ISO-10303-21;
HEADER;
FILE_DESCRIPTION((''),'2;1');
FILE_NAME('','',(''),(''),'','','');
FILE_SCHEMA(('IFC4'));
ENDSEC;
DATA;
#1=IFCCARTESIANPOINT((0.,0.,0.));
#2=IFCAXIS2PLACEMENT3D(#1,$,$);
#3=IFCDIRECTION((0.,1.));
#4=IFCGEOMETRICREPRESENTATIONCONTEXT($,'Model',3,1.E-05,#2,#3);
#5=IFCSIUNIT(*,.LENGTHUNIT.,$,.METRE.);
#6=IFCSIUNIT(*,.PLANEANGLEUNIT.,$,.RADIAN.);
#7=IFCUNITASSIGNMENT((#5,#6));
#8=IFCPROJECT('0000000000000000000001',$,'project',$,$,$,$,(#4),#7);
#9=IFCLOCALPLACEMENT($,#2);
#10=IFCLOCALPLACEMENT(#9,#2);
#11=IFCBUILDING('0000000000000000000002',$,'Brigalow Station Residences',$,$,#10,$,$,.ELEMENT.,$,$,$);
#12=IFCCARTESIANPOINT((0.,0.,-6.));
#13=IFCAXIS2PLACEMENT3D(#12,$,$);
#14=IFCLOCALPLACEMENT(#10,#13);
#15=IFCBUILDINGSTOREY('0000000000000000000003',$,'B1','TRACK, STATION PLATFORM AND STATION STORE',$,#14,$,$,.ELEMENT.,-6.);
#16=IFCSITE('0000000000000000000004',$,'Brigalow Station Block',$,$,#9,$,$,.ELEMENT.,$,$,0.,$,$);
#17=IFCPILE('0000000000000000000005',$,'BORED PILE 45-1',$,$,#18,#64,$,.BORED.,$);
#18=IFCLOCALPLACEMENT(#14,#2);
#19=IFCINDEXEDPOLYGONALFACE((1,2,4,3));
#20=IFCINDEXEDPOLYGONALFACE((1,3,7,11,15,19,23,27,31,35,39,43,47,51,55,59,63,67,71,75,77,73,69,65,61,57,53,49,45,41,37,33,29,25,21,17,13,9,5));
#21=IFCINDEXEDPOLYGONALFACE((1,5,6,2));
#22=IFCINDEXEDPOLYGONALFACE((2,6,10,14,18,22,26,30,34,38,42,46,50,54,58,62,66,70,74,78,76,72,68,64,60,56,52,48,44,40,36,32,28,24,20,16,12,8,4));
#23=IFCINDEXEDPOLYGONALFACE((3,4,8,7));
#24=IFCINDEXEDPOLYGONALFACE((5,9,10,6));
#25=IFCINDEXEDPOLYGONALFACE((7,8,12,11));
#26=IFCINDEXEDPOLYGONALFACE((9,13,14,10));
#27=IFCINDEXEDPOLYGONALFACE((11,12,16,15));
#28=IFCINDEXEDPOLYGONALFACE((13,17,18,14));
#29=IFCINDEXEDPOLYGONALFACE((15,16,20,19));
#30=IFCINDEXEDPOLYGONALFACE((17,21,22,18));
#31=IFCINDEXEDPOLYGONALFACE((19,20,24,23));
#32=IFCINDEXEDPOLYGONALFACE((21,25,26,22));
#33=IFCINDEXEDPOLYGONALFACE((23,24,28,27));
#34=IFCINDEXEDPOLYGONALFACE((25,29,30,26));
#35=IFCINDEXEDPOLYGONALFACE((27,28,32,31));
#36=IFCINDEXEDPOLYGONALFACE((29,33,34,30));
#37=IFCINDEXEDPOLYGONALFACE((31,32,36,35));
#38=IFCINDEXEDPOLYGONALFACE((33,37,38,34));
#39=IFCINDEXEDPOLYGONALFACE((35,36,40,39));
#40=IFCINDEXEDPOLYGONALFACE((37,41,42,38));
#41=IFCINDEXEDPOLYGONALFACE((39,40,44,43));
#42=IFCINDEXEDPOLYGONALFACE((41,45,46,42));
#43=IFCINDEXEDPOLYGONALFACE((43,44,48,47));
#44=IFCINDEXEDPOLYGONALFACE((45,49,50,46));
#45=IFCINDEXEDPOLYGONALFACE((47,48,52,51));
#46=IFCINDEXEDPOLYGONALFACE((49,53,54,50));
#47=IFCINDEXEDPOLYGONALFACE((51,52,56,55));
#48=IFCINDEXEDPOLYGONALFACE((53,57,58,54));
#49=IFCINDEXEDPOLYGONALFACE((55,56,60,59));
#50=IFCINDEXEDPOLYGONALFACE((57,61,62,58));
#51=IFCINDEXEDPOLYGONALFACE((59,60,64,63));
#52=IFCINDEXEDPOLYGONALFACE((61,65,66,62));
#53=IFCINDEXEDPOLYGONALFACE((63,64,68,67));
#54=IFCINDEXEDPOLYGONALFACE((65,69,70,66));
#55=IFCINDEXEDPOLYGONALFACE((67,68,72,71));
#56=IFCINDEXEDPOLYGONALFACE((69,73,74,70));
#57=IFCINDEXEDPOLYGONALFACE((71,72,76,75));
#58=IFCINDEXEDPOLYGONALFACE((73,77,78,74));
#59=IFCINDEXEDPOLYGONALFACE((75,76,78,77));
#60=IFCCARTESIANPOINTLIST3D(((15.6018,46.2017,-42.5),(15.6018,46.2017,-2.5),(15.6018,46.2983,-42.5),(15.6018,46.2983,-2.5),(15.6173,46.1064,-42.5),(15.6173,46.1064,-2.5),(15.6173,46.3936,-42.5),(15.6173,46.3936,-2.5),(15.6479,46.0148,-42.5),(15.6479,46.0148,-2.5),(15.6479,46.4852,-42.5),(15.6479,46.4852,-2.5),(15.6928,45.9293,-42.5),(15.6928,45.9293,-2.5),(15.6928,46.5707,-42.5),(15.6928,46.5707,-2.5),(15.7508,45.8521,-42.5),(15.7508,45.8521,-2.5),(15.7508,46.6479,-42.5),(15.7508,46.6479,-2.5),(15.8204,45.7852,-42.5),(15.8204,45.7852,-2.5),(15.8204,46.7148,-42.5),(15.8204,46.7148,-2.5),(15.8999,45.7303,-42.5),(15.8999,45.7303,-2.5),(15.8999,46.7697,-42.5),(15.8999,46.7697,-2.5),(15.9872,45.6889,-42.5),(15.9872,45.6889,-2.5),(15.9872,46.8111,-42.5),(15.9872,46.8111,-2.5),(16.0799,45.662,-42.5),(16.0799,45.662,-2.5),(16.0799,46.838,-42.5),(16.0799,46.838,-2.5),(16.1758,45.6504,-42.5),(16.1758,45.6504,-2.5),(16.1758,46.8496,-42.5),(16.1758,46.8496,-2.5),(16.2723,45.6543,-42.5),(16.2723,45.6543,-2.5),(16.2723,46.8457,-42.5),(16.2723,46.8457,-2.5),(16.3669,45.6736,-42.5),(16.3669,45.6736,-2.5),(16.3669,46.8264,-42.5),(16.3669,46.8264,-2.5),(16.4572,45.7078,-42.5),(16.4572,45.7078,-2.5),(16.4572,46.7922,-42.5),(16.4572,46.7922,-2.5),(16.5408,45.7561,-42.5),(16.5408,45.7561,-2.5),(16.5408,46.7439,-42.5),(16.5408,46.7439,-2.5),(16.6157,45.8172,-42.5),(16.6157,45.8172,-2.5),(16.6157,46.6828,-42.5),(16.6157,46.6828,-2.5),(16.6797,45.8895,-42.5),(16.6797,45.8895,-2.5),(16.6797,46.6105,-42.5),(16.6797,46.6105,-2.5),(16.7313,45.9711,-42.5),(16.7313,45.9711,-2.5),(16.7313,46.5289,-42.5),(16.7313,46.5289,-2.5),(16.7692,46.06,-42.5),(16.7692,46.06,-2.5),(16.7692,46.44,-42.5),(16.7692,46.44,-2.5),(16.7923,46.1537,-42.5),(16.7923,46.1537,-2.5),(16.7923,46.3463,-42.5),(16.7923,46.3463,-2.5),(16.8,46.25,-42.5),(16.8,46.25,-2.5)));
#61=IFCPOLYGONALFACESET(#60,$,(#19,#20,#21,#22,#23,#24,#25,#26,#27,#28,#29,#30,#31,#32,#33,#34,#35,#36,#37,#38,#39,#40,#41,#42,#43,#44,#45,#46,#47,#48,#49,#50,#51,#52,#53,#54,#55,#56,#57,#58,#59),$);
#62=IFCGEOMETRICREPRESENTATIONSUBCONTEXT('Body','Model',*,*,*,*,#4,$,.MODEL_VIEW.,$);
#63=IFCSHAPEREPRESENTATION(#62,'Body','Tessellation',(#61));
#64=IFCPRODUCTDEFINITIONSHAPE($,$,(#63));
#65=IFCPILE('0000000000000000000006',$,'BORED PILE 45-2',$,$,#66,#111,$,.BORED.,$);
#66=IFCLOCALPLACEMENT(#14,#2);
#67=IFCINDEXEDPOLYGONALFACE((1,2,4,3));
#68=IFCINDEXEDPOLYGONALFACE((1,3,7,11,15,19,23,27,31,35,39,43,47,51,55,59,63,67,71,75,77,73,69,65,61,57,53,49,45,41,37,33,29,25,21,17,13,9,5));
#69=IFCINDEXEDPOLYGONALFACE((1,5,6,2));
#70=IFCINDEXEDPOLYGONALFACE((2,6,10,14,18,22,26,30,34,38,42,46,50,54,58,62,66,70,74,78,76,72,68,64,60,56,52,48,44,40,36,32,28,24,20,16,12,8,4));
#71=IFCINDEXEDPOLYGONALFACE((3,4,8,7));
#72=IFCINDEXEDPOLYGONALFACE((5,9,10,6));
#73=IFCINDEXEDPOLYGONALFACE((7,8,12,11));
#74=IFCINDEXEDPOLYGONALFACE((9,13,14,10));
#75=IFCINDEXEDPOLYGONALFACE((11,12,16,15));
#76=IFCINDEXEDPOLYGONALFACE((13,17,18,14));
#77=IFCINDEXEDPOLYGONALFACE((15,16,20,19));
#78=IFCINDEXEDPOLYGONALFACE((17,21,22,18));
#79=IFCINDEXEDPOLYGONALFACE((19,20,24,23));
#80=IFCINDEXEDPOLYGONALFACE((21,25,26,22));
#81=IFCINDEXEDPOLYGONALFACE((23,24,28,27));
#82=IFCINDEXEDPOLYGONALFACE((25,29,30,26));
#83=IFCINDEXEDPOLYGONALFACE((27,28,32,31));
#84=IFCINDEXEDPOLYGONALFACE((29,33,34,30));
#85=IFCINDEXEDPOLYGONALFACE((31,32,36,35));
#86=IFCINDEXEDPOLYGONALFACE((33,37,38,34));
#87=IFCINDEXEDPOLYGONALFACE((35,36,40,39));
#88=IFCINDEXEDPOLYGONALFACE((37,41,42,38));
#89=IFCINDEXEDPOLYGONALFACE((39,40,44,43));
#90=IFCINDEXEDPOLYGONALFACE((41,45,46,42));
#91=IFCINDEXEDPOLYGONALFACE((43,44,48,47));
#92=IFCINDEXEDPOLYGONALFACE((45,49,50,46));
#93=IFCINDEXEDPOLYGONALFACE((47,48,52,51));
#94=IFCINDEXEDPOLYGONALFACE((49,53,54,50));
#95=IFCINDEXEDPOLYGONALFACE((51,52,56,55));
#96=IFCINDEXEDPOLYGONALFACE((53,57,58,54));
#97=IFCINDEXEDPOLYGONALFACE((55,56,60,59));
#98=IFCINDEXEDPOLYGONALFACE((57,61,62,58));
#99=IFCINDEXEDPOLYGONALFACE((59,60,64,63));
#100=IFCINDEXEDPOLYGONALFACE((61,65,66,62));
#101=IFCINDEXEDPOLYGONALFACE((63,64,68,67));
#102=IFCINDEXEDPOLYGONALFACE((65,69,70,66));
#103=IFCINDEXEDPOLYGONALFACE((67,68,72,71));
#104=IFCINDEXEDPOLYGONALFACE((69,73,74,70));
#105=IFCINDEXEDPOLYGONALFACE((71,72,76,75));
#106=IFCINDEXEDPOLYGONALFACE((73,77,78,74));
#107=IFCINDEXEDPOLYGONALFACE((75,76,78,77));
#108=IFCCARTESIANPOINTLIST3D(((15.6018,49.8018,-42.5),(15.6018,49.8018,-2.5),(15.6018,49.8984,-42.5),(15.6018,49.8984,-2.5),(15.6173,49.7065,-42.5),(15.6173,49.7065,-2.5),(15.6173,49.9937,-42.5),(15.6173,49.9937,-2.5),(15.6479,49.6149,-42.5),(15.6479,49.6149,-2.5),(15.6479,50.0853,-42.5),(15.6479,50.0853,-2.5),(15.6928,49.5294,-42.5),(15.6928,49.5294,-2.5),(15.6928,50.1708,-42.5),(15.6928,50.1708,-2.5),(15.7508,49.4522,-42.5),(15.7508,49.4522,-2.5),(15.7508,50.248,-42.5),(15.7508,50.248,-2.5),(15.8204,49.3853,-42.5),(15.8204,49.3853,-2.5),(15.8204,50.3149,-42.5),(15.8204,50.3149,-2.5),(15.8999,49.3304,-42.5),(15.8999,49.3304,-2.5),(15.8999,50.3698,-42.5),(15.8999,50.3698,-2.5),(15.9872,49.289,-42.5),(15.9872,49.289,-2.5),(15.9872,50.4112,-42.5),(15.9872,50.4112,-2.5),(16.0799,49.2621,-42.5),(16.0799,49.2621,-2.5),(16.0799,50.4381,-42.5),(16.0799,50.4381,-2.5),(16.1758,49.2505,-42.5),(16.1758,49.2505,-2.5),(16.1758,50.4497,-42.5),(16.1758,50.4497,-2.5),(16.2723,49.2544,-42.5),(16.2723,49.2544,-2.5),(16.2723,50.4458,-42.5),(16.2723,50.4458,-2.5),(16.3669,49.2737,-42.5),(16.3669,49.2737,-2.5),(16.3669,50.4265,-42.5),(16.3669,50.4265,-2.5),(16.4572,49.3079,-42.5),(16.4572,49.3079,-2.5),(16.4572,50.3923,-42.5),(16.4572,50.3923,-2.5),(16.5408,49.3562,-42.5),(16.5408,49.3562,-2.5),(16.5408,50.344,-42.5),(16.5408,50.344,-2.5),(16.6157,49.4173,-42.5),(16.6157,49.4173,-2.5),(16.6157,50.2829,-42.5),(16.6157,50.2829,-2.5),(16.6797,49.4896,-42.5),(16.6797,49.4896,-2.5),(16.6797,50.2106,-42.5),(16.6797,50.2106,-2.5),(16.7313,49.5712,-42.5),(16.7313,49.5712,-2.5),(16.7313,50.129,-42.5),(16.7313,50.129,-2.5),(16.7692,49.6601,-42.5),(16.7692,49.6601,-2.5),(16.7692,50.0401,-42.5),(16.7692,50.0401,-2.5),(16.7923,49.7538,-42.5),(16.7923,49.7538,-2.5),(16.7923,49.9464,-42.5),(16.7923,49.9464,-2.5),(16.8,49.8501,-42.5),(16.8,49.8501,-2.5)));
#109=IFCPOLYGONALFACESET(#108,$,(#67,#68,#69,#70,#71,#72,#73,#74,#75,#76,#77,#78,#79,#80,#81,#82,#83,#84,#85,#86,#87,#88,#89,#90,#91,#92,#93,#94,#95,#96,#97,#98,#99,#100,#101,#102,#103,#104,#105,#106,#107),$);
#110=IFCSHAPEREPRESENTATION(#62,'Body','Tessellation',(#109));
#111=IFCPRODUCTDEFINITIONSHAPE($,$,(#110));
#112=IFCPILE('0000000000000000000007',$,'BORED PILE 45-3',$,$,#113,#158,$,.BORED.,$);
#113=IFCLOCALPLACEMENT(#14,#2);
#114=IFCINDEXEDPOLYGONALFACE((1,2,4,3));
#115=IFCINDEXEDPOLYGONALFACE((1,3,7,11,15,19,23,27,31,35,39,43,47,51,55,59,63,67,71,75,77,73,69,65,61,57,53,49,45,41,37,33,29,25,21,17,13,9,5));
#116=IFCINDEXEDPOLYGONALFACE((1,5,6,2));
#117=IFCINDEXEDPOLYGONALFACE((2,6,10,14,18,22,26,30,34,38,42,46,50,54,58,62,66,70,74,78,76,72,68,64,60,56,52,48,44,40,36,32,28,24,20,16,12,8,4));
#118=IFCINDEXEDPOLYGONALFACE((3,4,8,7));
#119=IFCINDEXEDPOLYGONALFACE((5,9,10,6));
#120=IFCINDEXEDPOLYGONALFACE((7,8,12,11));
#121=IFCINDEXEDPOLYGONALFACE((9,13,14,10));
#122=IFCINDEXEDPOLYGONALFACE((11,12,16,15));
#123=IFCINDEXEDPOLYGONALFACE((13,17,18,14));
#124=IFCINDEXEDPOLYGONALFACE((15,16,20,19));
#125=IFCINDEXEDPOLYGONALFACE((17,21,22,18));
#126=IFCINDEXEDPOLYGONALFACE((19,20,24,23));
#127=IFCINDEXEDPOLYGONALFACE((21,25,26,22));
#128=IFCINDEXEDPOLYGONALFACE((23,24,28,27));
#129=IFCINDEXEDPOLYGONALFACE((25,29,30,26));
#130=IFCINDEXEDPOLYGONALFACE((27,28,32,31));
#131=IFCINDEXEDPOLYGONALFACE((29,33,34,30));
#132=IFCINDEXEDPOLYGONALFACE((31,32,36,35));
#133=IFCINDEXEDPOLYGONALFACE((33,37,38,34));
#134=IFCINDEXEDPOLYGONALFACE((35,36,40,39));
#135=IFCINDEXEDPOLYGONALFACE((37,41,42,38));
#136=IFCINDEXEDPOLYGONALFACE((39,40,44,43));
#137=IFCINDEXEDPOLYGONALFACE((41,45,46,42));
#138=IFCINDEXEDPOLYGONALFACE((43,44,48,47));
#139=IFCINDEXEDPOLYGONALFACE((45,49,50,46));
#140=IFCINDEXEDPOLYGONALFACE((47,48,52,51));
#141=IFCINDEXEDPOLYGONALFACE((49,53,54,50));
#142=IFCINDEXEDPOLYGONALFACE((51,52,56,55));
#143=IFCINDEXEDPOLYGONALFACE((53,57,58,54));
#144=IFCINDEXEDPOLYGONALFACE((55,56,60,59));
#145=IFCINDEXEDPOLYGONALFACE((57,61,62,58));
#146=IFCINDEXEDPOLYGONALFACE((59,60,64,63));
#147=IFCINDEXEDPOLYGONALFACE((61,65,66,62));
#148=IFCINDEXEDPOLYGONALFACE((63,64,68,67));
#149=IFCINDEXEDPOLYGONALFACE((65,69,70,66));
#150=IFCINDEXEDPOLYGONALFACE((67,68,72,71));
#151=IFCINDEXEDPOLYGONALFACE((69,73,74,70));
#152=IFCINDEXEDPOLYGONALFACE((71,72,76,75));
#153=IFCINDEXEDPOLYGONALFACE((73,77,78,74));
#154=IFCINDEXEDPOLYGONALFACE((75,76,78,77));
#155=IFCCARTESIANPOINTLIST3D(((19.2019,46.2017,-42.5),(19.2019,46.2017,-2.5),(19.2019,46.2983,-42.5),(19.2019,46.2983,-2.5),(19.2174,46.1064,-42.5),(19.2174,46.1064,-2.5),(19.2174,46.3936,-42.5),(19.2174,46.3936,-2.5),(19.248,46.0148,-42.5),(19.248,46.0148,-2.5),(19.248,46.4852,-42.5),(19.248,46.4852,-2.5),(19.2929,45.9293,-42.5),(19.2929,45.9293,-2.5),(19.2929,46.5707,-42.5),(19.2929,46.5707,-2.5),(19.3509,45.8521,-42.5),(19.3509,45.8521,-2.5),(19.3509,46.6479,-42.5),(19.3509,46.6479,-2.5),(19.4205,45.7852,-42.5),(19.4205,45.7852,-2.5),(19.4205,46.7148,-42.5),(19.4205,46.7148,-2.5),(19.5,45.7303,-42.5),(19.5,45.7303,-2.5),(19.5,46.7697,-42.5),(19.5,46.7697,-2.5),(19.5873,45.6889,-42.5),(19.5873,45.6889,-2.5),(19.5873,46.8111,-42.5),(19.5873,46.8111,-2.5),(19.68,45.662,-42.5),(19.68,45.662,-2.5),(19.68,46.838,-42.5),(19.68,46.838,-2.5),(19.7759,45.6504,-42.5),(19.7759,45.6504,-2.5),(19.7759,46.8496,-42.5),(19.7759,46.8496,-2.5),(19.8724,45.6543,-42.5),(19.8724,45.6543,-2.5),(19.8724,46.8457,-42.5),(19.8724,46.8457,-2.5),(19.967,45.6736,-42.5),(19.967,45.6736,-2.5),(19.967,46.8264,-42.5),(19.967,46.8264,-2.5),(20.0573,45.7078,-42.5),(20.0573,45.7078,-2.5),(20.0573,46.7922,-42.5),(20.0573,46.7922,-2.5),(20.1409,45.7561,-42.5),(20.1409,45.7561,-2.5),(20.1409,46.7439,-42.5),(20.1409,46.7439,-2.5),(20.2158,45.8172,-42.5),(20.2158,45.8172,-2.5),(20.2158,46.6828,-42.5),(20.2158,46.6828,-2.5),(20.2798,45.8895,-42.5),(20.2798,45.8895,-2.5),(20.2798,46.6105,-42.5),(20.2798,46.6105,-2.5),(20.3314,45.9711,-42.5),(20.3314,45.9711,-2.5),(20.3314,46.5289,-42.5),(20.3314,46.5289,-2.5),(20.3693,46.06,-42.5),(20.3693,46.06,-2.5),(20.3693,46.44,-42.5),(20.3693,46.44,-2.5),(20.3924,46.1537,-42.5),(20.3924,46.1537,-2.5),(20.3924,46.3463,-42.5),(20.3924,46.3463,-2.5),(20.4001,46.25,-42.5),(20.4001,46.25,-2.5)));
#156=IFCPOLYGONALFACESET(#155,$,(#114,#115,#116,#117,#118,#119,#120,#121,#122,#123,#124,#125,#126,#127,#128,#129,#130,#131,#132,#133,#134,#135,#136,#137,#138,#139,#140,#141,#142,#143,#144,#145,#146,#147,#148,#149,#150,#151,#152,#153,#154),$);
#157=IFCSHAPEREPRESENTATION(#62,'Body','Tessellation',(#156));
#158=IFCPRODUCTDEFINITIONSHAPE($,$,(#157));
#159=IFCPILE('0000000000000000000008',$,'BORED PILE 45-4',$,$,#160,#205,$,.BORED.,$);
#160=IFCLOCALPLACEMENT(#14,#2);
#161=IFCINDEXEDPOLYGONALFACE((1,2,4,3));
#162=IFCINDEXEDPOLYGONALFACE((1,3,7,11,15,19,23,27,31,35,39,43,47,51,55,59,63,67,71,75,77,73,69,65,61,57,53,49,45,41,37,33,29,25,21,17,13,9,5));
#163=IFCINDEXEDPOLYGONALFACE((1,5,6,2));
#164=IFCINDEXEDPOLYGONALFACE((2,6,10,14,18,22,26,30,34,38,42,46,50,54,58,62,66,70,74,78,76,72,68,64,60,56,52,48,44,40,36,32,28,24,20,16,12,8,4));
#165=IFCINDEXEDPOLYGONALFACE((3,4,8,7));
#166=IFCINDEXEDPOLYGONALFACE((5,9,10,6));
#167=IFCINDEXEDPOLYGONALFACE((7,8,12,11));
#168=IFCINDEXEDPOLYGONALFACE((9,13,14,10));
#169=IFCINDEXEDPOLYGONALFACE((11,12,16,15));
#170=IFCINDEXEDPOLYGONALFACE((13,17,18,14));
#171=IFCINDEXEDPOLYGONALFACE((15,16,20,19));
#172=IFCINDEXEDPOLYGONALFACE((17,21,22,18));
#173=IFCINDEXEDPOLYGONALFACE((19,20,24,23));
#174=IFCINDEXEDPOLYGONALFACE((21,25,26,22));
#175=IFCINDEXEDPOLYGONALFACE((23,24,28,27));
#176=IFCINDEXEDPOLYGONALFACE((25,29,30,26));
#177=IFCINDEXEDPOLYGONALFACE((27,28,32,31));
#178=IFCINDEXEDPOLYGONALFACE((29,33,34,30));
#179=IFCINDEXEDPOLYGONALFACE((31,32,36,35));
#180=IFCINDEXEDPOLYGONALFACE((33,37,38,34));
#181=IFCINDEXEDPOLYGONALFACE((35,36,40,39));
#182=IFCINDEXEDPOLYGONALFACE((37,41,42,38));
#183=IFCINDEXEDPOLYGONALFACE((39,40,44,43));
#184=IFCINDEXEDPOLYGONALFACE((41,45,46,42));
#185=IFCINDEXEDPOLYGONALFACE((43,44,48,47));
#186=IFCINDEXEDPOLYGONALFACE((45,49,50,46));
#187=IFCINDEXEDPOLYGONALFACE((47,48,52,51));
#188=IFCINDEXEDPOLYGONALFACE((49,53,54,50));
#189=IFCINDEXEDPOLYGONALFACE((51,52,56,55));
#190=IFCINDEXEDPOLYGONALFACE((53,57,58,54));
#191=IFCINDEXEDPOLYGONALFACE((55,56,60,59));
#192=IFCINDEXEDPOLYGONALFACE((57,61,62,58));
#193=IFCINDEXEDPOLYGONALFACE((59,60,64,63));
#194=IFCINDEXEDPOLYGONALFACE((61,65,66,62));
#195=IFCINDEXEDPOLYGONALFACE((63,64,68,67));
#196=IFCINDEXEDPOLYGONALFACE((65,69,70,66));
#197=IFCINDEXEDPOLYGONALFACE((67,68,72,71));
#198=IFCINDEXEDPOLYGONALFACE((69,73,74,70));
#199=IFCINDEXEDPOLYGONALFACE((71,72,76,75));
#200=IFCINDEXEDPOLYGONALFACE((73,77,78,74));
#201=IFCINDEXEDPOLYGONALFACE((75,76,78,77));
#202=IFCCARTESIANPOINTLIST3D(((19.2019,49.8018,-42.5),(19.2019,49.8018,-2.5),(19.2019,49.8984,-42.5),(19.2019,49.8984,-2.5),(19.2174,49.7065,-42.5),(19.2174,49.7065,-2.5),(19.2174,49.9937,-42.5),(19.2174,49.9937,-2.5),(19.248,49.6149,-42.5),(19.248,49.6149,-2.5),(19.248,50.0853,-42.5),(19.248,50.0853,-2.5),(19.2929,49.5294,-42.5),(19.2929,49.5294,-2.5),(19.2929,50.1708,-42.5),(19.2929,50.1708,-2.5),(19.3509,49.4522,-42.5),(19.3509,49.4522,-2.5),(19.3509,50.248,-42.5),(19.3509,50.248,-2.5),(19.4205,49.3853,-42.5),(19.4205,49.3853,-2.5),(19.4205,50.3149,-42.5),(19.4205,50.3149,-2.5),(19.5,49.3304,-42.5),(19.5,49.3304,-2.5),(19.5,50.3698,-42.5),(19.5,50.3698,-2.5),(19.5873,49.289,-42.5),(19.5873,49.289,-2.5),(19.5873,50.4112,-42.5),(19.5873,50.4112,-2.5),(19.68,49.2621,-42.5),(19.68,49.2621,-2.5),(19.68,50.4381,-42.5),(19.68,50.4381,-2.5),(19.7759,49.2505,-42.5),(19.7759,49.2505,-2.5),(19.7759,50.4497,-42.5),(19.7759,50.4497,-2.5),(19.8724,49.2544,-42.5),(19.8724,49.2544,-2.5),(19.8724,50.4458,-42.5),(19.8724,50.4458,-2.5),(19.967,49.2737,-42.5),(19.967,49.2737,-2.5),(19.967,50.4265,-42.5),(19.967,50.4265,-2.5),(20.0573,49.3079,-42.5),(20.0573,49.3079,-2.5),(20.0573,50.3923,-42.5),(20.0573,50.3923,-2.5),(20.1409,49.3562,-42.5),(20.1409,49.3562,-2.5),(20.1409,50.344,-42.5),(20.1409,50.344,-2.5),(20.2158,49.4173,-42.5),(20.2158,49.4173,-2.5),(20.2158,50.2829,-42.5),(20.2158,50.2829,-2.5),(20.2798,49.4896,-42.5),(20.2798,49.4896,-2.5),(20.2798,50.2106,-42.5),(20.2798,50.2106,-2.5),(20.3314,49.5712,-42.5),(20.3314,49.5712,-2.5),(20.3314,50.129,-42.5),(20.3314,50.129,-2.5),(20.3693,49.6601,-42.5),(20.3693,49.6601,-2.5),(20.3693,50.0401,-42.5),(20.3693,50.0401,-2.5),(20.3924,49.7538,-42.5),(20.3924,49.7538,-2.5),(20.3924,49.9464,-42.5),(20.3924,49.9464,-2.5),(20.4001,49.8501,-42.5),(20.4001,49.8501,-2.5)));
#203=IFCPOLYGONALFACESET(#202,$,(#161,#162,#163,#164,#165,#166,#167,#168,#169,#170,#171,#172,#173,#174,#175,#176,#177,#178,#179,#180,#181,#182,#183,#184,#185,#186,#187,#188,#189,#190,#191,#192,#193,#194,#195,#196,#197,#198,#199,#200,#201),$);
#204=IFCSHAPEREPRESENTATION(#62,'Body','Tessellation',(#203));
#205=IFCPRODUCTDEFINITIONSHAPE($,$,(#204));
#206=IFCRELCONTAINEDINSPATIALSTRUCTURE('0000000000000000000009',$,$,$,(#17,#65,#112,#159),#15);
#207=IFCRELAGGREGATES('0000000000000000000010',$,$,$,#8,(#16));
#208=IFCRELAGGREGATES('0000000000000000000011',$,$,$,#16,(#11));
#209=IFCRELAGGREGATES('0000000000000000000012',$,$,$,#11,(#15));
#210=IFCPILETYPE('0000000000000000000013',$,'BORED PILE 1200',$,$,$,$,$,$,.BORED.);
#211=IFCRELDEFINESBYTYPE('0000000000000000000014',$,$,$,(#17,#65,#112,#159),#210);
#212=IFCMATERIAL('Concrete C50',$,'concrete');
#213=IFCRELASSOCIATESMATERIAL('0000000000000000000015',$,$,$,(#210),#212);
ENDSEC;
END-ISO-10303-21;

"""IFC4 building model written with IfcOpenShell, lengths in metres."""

from ifc_helpers import new_model, si_unit, direction, frame, origin, origin_2d, place, context, subcontext, project, spatial, circle, extrude, material, material_profile, profile_set, type_object, element, save


model = new_model("IFC4")

# Units and contexts
model_context = context("Model", 3, precision=1e-05, world=origin(), true_north=direction((0.0, 1.0)))
body_context = subcontext(model_context, "Body", "Model", "MODEL_VIEW")
ifc_project = project(units=[si_unit("LENGTHUNIT", "METRE"), si_unit("PLANEANGLEUNIT", "RADIAN")], contexts=[model_context])

# Site, building, storey
site_placement = place(None, origin())
site = spatial("IfcSite", under=ifc_project, at=site_placement, Name="Brigalow Station Block", CompositionType="ELEMENT", RefElevation=0.0)
building_placement = place(site_placement, origin())
building = spatial("IfcBuilding", under=site, at=building_placement, Name="Brigalow Station Residences", CompositionType="ELEMENT")
storey_placement = place(building_placement, frame((0.0, 0.0, -6.0)))
storey = spatial("IfcBuildingStorey", under=building, at=storey_placement, Name="B1", Description="TRACK, STATION PLATFORM AND STATION STORE", CompositionType="ELEMENT", Elevation=-6.0)

# Piles
ifc_material_1 = material(Name="Concrete C50", Category="concrete")
ifc_material_profile_1 = material_profile(ifc_material_1, circle(Radius=0.6001, at=origin_2d()), Name="BP1200")
ifc_profile_set_1 = profile_set([ifc_material_profile_1], Name="Concrete C50")
pile_type_1 = type_object("IfcPileType", Name="BORED PILE 1200", PredefinedType="BORED", material=ifc_profile_set_1)
for number, where, z_axis, x_axis, name in (
    (1, (16.2, 46.25, -2.5), (0.0, 0.0, -1.0), (1.0, 0.0, 0.0), "BORED PILE 45-1"),
    (2, (16.2, 49.8501, -2.5), (0.0, 0.0, -1.0), (1.0, 0.0, 0.0), "BORED PILE 45-2"),
    (3, (19.8, 46.25, -2.5), (0.0, 0.0, -1.0), (1.0, 0.0, 0.0), "BORED PILE 45-3"),
    (4, (19.8, 49.8501, -2.5), (0.0, 0.0, -1.0), (1.0, 0.0, 0.0), "BORED PILE 45-4"),
):
    element("IfcPile", number, at=place(storey_placement, frame(where, z_axis=z_axis, x_axis=x_axis)), inside=storey, type_object=pile_type_1, Name=name, PredefinedType="BORED", context=body_context, shape_type="SweptSolid", body=[
        extrude(circle(Radius=0.6001, at=origin_2d()), origin(), (0.0, 0.0, 1.0), 40.0),
    ])

save(model, "model.ifc")
